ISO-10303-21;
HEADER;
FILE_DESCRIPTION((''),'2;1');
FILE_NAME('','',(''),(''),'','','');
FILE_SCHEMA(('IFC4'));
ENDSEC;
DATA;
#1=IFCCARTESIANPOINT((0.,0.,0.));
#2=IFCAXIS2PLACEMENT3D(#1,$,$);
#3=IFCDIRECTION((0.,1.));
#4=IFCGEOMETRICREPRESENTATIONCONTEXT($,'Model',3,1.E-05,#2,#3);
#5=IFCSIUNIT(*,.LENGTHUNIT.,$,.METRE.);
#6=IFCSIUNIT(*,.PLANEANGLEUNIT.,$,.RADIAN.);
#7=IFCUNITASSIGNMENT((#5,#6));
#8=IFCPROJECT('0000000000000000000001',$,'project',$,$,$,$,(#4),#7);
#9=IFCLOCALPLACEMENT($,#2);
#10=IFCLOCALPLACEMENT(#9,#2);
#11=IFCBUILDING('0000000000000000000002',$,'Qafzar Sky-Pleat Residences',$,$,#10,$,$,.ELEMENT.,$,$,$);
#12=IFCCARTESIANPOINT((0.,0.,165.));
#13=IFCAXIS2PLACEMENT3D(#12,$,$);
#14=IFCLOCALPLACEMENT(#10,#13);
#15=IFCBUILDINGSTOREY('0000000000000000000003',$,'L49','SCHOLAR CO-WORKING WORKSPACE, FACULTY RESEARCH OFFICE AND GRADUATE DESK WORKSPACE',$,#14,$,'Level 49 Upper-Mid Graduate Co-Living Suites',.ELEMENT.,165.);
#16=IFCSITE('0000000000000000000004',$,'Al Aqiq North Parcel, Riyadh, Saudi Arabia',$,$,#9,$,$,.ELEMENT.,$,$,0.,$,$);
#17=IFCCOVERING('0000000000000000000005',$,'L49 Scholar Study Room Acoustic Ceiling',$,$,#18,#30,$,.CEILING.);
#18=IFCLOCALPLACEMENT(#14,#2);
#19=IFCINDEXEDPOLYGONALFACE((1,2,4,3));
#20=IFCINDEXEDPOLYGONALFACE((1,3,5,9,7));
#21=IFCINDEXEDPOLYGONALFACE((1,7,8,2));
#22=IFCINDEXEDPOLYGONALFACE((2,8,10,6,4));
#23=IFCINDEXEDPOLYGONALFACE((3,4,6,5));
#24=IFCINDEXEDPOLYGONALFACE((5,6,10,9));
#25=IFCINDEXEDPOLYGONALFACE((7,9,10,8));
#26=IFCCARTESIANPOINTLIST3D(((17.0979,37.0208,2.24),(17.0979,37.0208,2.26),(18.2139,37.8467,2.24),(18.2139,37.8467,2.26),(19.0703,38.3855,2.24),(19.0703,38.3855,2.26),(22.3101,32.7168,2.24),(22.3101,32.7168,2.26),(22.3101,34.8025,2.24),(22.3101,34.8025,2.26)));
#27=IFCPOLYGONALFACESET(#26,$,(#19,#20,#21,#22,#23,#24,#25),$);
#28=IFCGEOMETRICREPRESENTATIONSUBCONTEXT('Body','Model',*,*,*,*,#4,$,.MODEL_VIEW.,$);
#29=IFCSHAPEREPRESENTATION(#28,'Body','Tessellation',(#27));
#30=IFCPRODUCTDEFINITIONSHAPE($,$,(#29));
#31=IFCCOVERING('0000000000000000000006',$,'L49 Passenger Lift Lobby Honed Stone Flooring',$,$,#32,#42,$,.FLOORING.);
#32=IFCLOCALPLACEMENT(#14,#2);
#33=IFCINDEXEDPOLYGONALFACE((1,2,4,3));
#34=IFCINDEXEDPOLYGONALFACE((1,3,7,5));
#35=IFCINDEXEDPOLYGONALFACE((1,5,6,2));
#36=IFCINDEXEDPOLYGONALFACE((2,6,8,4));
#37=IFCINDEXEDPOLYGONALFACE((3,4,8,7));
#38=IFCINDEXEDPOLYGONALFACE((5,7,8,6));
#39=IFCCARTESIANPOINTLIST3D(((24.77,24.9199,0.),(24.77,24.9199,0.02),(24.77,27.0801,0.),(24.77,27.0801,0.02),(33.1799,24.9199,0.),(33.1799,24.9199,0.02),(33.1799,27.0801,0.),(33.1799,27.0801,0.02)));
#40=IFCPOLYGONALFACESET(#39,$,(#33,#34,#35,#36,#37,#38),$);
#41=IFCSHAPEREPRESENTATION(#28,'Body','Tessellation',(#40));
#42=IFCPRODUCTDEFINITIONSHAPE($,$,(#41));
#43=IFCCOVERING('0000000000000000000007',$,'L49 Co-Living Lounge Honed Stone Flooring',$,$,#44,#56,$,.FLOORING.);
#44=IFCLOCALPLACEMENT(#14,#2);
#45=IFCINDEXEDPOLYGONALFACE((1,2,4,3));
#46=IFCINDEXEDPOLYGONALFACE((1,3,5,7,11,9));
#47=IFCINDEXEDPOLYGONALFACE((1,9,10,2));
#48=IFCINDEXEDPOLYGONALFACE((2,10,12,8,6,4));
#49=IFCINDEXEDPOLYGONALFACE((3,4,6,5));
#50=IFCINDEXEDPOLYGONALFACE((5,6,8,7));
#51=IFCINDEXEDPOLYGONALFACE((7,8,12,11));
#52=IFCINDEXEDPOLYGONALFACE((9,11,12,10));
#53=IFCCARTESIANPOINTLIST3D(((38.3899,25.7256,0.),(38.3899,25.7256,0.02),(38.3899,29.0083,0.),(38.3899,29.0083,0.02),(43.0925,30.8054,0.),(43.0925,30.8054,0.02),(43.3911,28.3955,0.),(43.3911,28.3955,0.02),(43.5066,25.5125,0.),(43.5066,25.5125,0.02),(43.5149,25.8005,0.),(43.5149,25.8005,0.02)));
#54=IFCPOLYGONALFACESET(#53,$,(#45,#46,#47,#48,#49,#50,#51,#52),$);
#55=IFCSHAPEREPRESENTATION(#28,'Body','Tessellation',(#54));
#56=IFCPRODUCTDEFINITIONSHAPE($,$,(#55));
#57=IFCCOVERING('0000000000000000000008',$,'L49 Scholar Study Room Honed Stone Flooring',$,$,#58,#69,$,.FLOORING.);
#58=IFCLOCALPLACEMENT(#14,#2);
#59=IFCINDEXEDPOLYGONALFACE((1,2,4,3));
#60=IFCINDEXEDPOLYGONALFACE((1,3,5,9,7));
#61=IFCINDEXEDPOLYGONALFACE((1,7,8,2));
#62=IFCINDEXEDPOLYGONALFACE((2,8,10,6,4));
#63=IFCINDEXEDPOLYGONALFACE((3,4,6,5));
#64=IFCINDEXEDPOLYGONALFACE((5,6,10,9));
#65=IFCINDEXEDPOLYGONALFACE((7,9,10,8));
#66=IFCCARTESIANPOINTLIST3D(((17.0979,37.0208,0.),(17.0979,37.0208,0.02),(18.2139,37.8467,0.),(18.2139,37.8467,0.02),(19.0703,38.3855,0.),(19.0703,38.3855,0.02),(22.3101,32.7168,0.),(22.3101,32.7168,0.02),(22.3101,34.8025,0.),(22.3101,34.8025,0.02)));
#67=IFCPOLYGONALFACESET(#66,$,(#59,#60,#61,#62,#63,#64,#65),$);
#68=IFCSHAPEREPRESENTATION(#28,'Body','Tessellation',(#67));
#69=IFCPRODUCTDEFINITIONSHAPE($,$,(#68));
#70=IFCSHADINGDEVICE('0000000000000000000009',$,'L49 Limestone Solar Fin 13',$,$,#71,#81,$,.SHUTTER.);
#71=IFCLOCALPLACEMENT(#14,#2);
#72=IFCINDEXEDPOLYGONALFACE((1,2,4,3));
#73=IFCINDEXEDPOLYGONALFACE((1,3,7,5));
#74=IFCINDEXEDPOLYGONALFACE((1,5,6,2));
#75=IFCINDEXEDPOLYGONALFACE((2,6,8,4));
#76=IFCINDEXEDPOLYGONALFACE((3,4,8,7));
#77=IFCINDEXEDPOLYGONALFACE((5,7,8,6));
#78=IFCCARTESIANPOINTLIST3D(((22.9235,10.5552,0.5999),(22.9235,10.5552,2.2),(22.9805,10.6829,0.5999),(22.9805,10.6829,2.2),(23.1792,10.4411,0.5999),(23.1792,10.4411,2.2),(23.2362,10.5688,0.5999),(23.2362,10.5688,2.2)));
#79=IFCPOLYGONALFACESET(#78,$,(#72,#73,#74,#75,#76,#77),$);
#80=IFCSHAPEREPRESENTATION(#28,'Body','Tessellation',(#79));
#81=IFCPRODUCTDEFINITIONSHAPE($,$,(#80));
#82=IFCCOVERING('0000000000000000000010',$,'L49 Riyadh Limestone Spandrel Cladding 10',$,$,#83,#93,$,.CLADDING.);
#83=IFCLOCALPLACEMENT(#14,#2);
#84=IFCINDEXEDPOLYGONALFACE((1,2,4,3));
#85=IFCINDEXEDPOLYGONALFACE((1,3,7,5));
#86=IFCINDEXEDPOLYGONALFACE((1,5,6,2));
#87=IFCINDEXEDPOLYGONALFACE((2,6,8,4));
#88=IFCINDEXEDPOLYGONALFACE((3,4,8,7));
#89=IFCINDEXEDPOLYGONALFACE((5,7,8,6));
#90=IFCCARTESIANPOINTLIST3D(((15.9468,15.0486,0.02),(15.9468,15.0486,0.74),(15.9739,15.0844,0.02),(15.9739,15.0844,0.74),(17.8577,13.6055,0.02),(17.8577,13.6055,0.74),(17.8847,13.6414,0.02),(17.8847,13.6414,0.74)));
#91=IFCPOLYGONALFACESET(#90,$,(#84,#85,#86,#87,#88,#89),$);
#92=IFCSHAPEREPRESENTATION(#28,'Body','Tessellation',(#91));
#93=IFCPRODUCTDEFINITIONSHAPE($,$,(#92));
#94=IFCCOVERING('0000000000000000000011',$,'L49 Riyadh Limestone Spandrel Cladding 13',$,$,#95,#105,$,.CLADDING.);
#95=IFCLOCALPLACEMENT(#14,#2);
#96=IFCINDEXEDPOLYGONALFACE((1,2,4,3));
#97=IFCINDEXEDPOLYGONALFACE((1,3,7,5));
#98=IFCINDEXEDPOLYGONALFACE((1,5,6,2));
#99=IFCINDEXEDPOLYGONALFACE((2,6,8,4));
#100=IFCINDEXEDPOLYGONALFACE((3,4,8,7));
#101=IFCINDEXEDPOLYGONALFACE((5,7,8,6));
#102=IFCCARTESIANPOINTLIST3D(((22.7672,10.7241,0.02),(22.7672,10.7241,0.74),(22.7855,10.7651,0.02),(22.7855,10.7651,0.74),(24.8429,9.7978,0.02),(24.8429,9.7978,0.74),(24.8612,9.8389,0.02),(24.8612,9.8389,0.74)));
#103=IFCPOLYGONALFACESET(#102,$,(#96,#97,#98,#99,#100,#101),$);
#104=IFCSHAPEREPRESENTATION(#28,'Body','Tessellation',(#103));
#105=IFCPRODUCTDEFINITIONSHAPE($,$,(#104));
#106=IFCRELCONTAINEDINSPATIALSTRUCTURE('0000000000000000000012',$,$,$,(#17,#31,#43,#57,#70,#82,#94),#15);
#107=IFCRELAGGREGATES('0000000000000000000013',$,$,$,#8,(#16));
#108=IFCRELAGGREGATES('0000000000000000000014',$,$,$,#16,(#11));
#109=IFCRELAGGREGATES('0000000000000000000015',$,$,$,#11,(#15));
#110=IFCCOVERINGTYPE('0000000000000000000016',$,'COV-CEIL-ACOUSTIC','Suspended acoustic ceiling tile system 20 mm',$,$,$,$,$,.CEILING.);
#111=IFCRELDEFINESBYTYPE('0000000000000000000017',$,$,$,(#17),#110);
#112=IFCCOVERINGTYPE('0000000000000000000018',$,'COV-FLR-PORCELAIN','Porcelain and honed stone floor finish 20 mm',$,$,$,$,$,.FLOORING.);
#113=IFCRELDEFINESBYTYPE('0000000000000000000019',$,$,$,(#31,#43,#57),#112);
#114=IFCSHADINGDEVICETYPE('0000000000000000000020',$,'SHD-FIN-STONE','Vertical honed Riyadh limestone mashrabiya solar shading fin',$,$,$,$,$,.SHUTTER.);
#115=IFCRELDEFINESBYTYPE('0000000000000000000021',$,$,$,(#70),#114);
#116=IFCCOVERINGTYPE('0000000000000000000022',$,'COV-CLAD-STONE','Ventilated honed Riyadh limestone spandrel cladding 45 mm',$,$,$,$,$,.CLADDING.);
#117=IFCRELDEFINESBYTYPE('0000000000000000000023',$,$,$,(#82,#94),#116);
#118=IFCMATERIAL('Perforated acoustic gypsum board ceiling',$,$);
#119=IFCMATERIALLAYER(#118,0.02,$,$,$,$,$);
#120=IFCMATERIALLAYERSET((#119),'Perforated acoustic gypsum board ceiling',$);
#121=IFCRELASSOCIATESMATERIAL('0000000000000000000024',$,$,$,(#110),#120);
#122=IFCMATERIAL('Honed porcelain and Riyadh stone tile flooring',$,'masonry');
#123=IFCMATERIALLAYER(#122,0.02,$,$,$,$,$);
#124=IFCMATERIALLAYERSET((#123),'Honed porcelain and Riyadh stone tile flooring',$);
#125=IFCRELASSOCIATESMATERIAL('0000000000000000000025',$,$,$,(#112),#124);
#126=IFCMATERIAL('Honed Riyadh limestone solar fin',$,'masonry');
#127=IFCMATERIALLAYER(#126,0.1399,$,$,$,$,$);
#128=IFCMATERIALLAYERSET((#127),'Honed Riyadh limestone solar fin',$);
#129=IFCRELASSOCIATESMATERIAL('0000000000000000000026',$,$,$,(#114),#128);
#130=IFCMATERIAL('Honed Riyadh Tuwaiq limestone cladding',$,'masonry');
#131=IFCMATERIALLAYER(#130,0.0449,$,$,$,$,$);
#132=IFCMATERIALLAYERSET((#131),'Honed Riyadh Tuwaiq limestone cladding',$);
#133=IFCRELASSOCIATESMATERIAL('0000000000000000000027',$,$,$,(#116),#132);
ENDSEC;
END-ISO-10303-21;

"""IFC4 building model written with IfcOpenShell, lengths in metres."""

from ifc_helpers import new_model, si_unit, direction, frame, origin, origin_2d, place, context, subcontext, project, spatial, polyline, rectangle, outline, extrude, source, transform, mapped, material, layer, layer_set, type_object, element, save


model = new_model("IFC4")

# Units and contexts
model_context = context("Model", 3, precision=1e-05, world=origin(), true_north=direction((0.0, 1.0)))
body_context = subcontext(model_context, "Body", "Model", "MODEL_VIEW")
ifc_project = project(units=[si_unit("LENGTHUNIT", "METRE"), si_unit("PLANEANGLEUNIT", "RADIAN")], contexts=[model_context])

# Site, building, storey
site_placement = place(None, origin())
site = spatial("IfcSite", under=ifc_project, at=site_placement, Name="Al Aqiq North Parcel, Riyadh, Saudi Arabia", CompositionType="ELEMENT", RefElevation=0.0)
building_placement = place(site_placement, origin())
building = spatial("IfcBuilding", under=site, at=building_placement, Name="Qafzar Sky-Pleat Residences", CompositionType="ELEMENT")
storey_placement = place(building_placement, frame((0.0, 0.0, 165.0)))
storey = spatial("IfcBuildingStorey", under=building, at=storey_placement, Name="L49", Description="SCHOLAR CO-WORKING WORKSPACE, FACULTY RESEARCH OFFICE AND GRADUATE DESK WORKSPACE", LongName="Level 49 Upper-Mid Graduate Co-Living Suites", CompositionType="ELEMENT", Elevation=165.0)

# Coverings
ifc_material_1 = material(Name="Perforated acoustic gypsum board ceiling")
ifc_layer_1 = layer(ifc_material_1, 0.02)
ifc_layer_set_1 = layer_set([ifc_layer_1], Name="Perforated acoustic gypsum board ceiling")
covering_type_1 = type_object("IfcCoveringType", Name="COV-CEIL-ACOUSTIC", Description="Suspended acoustic ceiling tile system 20 mm", PredefinedType="CEILING", material=ifc_layer_set_1)
covering_1_placement = place(storey_placement, frame((0.0, 0.0, 2.24)))
element("IfcCovering", 1, at=covering_1_placement, inside=storey, type_object=covering_type_1, Name="L49 Scholar Study Room Acoustic Ceiling", PredefinedType="CEILING", context=body_context, shape_type="SweptSolid", body=[
    extrude(outline(polyline([(19.0703, 38.3855), (22.3101, 34.8025), (22.3101, 32.7168), (17.0979, 37.0208), (18.2139, 37.8467), (19.0703, 38.3855)])), origin(), (0.0, 0.0, 1.0), 0.02),
])
ifc_material_2 = material(Name="Honed porcelain and Riyadh stone tile flooring", Category="masonry")
ifc_layer_2 = layer(ifc_material_2, 0.02)
ifc_layer_set_2 = layer_set([ifc_layer_2], Name="Honed porcelain and Riyadh stone tile flooring")
covering_type_2 = type_object("IfcCoveringType", Name="COV-FLR-PORCELAIN", Description="Porcelain and honed stone floor finish 20 mm", PredefinedType="FLOORING", material=ifc_layer_set_2)
covering_2_placement = place(storey_placement, origin())
element("IfcCovering", 2, at=covering_2_placement, inside=storey, type_object=covering_type_2, Name="L49 Passenger Lift Lobby Honed Stone Flooring", PredefinedType="FLOORING", context=body_context, shape_type="SweptSolid", body=[
    extrude(outline(polyline([(33.1799, 24.9199), (24.77, 24.9199), (24.77, 27.0801), (33.1799, 27.0801), (33.1799, 24.9199)])), origin(), (0.0, 0.0, 1.0), 0.02),
])
covering_3_placement = place(storey_placement, origin())
element("IfcCovering", 3, at=covering_3_placement, inside=storey, type_object=covering_type_2, Name="L49 Co-Living Lounge Honed Stone Flooring", PredefinedType="FLOORING", context=body_context, shape_type="SweptSolid", body=[
    extrude(outline(polyline([(43.3911, 28.3955), (43.5149, 25.8005), (43.5066, 25.5125), (38.3899, 25.7256), (38.3899, 29.0083), (43.0925, 30.8054), (43.3911, 28.3955)])), origin(), (0.0, 0.0, 1.0), 0.02),
])
covering_4_placement = place(storey_placement, origin())
element("IfcCovering", 4, at=covering_4_placement, inside=storey, type_object=covering_type_2, Name="L49 Scholar Study Room Honed Stone Flooring", PredefinedType="FLOORING", context=body_context, shape_type="SweptSolid", body=[
    extrude(outline(polyline([(19.0703, 38.3855), (22.3101, 34.8025), (22.3101, 32.7168), (17.0979, 37.0208), (18.2139, 37.8467), (19.0703, 38.3855)])), origin(), (0.0, 0.0, 1.0), 0.02),
])

# Shading device
ifc_material_3 = material(Name="Honed Riyadh limestone solar fin", Category="masonry")
ifc_layer_3 = layer(ifc_material_3, 0.1399)
ifc_layer_set_3 = layer_set([ifc_layer_3], Name="Honed Riyadh limestone solar fin")
shading_device_type = type_object("IfcShadingDeviceType", Name="SHD-FIN-STONE", Description="Vertical honed Riyadh limestone mashrabiya solar shading fin", PredefinedType="SHUTTER", material=ifc_layer_set_3)
shared_shape_1 = source(origin(), body_context, "Body", "SweptSolid", [
    extrude(rectangle(XDim=0.1399, YDim=0.28, at=origin_2d()), origin(), (0.0, 0.0, 1.0), 1.6001),
])
shading_device_placement = place(storey_placement, frame((23.0798, 10.562, 0.5999), z_axis=(0.0, 0.0, 1.0), x_axis=(-0.407532, -0.913191, 0.0)))
element("IfcShadingDevice", 5, at=shading_device_placement, inside=storey, type_object=shading_device_type, Name="L49 Limestone Solar Fin 13", PredefinedType="SHUTTER", context=body_context, shape_type="MappedRepresentation", body=[
    mapped(shared_shape_1, transform((0.0, 0.0, 0.0), x_axis=(1.0, 0.0, 0.0), y_axis=(0.0, 1.0, 0.0), z_axis=(0.0, 0.0, 1.0), scale=1.0)),
])

# Coverings
ifc_material_4 = material(Name="Honed Riyadh Tuwaiq limestone cladding", Category="masonry")
ifc_layer_4 = layer(ifc_material_4, 0.0449)
ifc_layer_set_4 = layer_set([ifc_layer_4], Name="Honed Riyadh Tuwaiq limestone cladding")
covering_type_3 = type_object("IfcCoveringType", Name="COV-CLAD-STONE", Description="Ventilated honed Riyadh limestone spandrel cladding 45 mm", PredefinedType="CLADDING", material=ifc_layer_set_4)
shared_shape_2 = source(origin(), body_context, "Body", "SweptSolid", [
    extrude(rectangle(XDim=2.3945, YDim=0.0449, at=origin_2d()), origin(), (0.0, 0.0, 1.0), 0.72),
])
covering_5_placement = place(storey_placement, frame((16.9158, 14.345, 0.02), z_axis=(0.0, 0.0, 1.0), x_axis=(0.798011, -0.602643, 0.0)))
element("IfcCovering", 6, at=covering_5_placement, inside=storey, type_object=covering_type_3, Name="L49 Riyadh Limestone Spandrel Cladding 10", PredefinedType="CLADDING", context=body_context, shape_type="MappedRepresentation", body=[
    mapped(shared_shape_2, transform((0.0, 0.0, 0.0), x_axis=(1.0, 0.0, 0.0), y_axis=(0.0, 1.0, 0.0), z_axis=(0.0, 0.0, 1.0), scale=1.0)),
])
shared_shape_3 = source(origin(), body_context, "Body", "SweptSolid", [
    extrude(rectangle(XDim=2.2729, YDim=0.0449, at=origin_2d()), origin(), (0.0, 0.0, 1.0), 0.72),
])
covering_6_placement = place(storey_placement, frame((23.8142, 10.2815, 0.02), z_axis=(0.0, 0.0, 1.0), x_axis=(0.913197, -0.407519, 0.0)))
element("IfcCovering", 7, at=covering_6_placement, inside=storey, type_object=covering_type_3, Name="L49 Riyadh Limestone Spandrel Cladding 13", PredefinedType="CLADDING", context=body_context, shape_type="MappedRepresentation", body=[
    mapped(shared_shape_3, transform((0.0, 0.0, 0.0), x_axis=(1.0, 0.0, 0.0), y_axis=(0.0, 1.0, 0.0), z_axis=(0.0, 0.0, 1.0), scale=1.0)),
])

save(model, "model.ifc")
